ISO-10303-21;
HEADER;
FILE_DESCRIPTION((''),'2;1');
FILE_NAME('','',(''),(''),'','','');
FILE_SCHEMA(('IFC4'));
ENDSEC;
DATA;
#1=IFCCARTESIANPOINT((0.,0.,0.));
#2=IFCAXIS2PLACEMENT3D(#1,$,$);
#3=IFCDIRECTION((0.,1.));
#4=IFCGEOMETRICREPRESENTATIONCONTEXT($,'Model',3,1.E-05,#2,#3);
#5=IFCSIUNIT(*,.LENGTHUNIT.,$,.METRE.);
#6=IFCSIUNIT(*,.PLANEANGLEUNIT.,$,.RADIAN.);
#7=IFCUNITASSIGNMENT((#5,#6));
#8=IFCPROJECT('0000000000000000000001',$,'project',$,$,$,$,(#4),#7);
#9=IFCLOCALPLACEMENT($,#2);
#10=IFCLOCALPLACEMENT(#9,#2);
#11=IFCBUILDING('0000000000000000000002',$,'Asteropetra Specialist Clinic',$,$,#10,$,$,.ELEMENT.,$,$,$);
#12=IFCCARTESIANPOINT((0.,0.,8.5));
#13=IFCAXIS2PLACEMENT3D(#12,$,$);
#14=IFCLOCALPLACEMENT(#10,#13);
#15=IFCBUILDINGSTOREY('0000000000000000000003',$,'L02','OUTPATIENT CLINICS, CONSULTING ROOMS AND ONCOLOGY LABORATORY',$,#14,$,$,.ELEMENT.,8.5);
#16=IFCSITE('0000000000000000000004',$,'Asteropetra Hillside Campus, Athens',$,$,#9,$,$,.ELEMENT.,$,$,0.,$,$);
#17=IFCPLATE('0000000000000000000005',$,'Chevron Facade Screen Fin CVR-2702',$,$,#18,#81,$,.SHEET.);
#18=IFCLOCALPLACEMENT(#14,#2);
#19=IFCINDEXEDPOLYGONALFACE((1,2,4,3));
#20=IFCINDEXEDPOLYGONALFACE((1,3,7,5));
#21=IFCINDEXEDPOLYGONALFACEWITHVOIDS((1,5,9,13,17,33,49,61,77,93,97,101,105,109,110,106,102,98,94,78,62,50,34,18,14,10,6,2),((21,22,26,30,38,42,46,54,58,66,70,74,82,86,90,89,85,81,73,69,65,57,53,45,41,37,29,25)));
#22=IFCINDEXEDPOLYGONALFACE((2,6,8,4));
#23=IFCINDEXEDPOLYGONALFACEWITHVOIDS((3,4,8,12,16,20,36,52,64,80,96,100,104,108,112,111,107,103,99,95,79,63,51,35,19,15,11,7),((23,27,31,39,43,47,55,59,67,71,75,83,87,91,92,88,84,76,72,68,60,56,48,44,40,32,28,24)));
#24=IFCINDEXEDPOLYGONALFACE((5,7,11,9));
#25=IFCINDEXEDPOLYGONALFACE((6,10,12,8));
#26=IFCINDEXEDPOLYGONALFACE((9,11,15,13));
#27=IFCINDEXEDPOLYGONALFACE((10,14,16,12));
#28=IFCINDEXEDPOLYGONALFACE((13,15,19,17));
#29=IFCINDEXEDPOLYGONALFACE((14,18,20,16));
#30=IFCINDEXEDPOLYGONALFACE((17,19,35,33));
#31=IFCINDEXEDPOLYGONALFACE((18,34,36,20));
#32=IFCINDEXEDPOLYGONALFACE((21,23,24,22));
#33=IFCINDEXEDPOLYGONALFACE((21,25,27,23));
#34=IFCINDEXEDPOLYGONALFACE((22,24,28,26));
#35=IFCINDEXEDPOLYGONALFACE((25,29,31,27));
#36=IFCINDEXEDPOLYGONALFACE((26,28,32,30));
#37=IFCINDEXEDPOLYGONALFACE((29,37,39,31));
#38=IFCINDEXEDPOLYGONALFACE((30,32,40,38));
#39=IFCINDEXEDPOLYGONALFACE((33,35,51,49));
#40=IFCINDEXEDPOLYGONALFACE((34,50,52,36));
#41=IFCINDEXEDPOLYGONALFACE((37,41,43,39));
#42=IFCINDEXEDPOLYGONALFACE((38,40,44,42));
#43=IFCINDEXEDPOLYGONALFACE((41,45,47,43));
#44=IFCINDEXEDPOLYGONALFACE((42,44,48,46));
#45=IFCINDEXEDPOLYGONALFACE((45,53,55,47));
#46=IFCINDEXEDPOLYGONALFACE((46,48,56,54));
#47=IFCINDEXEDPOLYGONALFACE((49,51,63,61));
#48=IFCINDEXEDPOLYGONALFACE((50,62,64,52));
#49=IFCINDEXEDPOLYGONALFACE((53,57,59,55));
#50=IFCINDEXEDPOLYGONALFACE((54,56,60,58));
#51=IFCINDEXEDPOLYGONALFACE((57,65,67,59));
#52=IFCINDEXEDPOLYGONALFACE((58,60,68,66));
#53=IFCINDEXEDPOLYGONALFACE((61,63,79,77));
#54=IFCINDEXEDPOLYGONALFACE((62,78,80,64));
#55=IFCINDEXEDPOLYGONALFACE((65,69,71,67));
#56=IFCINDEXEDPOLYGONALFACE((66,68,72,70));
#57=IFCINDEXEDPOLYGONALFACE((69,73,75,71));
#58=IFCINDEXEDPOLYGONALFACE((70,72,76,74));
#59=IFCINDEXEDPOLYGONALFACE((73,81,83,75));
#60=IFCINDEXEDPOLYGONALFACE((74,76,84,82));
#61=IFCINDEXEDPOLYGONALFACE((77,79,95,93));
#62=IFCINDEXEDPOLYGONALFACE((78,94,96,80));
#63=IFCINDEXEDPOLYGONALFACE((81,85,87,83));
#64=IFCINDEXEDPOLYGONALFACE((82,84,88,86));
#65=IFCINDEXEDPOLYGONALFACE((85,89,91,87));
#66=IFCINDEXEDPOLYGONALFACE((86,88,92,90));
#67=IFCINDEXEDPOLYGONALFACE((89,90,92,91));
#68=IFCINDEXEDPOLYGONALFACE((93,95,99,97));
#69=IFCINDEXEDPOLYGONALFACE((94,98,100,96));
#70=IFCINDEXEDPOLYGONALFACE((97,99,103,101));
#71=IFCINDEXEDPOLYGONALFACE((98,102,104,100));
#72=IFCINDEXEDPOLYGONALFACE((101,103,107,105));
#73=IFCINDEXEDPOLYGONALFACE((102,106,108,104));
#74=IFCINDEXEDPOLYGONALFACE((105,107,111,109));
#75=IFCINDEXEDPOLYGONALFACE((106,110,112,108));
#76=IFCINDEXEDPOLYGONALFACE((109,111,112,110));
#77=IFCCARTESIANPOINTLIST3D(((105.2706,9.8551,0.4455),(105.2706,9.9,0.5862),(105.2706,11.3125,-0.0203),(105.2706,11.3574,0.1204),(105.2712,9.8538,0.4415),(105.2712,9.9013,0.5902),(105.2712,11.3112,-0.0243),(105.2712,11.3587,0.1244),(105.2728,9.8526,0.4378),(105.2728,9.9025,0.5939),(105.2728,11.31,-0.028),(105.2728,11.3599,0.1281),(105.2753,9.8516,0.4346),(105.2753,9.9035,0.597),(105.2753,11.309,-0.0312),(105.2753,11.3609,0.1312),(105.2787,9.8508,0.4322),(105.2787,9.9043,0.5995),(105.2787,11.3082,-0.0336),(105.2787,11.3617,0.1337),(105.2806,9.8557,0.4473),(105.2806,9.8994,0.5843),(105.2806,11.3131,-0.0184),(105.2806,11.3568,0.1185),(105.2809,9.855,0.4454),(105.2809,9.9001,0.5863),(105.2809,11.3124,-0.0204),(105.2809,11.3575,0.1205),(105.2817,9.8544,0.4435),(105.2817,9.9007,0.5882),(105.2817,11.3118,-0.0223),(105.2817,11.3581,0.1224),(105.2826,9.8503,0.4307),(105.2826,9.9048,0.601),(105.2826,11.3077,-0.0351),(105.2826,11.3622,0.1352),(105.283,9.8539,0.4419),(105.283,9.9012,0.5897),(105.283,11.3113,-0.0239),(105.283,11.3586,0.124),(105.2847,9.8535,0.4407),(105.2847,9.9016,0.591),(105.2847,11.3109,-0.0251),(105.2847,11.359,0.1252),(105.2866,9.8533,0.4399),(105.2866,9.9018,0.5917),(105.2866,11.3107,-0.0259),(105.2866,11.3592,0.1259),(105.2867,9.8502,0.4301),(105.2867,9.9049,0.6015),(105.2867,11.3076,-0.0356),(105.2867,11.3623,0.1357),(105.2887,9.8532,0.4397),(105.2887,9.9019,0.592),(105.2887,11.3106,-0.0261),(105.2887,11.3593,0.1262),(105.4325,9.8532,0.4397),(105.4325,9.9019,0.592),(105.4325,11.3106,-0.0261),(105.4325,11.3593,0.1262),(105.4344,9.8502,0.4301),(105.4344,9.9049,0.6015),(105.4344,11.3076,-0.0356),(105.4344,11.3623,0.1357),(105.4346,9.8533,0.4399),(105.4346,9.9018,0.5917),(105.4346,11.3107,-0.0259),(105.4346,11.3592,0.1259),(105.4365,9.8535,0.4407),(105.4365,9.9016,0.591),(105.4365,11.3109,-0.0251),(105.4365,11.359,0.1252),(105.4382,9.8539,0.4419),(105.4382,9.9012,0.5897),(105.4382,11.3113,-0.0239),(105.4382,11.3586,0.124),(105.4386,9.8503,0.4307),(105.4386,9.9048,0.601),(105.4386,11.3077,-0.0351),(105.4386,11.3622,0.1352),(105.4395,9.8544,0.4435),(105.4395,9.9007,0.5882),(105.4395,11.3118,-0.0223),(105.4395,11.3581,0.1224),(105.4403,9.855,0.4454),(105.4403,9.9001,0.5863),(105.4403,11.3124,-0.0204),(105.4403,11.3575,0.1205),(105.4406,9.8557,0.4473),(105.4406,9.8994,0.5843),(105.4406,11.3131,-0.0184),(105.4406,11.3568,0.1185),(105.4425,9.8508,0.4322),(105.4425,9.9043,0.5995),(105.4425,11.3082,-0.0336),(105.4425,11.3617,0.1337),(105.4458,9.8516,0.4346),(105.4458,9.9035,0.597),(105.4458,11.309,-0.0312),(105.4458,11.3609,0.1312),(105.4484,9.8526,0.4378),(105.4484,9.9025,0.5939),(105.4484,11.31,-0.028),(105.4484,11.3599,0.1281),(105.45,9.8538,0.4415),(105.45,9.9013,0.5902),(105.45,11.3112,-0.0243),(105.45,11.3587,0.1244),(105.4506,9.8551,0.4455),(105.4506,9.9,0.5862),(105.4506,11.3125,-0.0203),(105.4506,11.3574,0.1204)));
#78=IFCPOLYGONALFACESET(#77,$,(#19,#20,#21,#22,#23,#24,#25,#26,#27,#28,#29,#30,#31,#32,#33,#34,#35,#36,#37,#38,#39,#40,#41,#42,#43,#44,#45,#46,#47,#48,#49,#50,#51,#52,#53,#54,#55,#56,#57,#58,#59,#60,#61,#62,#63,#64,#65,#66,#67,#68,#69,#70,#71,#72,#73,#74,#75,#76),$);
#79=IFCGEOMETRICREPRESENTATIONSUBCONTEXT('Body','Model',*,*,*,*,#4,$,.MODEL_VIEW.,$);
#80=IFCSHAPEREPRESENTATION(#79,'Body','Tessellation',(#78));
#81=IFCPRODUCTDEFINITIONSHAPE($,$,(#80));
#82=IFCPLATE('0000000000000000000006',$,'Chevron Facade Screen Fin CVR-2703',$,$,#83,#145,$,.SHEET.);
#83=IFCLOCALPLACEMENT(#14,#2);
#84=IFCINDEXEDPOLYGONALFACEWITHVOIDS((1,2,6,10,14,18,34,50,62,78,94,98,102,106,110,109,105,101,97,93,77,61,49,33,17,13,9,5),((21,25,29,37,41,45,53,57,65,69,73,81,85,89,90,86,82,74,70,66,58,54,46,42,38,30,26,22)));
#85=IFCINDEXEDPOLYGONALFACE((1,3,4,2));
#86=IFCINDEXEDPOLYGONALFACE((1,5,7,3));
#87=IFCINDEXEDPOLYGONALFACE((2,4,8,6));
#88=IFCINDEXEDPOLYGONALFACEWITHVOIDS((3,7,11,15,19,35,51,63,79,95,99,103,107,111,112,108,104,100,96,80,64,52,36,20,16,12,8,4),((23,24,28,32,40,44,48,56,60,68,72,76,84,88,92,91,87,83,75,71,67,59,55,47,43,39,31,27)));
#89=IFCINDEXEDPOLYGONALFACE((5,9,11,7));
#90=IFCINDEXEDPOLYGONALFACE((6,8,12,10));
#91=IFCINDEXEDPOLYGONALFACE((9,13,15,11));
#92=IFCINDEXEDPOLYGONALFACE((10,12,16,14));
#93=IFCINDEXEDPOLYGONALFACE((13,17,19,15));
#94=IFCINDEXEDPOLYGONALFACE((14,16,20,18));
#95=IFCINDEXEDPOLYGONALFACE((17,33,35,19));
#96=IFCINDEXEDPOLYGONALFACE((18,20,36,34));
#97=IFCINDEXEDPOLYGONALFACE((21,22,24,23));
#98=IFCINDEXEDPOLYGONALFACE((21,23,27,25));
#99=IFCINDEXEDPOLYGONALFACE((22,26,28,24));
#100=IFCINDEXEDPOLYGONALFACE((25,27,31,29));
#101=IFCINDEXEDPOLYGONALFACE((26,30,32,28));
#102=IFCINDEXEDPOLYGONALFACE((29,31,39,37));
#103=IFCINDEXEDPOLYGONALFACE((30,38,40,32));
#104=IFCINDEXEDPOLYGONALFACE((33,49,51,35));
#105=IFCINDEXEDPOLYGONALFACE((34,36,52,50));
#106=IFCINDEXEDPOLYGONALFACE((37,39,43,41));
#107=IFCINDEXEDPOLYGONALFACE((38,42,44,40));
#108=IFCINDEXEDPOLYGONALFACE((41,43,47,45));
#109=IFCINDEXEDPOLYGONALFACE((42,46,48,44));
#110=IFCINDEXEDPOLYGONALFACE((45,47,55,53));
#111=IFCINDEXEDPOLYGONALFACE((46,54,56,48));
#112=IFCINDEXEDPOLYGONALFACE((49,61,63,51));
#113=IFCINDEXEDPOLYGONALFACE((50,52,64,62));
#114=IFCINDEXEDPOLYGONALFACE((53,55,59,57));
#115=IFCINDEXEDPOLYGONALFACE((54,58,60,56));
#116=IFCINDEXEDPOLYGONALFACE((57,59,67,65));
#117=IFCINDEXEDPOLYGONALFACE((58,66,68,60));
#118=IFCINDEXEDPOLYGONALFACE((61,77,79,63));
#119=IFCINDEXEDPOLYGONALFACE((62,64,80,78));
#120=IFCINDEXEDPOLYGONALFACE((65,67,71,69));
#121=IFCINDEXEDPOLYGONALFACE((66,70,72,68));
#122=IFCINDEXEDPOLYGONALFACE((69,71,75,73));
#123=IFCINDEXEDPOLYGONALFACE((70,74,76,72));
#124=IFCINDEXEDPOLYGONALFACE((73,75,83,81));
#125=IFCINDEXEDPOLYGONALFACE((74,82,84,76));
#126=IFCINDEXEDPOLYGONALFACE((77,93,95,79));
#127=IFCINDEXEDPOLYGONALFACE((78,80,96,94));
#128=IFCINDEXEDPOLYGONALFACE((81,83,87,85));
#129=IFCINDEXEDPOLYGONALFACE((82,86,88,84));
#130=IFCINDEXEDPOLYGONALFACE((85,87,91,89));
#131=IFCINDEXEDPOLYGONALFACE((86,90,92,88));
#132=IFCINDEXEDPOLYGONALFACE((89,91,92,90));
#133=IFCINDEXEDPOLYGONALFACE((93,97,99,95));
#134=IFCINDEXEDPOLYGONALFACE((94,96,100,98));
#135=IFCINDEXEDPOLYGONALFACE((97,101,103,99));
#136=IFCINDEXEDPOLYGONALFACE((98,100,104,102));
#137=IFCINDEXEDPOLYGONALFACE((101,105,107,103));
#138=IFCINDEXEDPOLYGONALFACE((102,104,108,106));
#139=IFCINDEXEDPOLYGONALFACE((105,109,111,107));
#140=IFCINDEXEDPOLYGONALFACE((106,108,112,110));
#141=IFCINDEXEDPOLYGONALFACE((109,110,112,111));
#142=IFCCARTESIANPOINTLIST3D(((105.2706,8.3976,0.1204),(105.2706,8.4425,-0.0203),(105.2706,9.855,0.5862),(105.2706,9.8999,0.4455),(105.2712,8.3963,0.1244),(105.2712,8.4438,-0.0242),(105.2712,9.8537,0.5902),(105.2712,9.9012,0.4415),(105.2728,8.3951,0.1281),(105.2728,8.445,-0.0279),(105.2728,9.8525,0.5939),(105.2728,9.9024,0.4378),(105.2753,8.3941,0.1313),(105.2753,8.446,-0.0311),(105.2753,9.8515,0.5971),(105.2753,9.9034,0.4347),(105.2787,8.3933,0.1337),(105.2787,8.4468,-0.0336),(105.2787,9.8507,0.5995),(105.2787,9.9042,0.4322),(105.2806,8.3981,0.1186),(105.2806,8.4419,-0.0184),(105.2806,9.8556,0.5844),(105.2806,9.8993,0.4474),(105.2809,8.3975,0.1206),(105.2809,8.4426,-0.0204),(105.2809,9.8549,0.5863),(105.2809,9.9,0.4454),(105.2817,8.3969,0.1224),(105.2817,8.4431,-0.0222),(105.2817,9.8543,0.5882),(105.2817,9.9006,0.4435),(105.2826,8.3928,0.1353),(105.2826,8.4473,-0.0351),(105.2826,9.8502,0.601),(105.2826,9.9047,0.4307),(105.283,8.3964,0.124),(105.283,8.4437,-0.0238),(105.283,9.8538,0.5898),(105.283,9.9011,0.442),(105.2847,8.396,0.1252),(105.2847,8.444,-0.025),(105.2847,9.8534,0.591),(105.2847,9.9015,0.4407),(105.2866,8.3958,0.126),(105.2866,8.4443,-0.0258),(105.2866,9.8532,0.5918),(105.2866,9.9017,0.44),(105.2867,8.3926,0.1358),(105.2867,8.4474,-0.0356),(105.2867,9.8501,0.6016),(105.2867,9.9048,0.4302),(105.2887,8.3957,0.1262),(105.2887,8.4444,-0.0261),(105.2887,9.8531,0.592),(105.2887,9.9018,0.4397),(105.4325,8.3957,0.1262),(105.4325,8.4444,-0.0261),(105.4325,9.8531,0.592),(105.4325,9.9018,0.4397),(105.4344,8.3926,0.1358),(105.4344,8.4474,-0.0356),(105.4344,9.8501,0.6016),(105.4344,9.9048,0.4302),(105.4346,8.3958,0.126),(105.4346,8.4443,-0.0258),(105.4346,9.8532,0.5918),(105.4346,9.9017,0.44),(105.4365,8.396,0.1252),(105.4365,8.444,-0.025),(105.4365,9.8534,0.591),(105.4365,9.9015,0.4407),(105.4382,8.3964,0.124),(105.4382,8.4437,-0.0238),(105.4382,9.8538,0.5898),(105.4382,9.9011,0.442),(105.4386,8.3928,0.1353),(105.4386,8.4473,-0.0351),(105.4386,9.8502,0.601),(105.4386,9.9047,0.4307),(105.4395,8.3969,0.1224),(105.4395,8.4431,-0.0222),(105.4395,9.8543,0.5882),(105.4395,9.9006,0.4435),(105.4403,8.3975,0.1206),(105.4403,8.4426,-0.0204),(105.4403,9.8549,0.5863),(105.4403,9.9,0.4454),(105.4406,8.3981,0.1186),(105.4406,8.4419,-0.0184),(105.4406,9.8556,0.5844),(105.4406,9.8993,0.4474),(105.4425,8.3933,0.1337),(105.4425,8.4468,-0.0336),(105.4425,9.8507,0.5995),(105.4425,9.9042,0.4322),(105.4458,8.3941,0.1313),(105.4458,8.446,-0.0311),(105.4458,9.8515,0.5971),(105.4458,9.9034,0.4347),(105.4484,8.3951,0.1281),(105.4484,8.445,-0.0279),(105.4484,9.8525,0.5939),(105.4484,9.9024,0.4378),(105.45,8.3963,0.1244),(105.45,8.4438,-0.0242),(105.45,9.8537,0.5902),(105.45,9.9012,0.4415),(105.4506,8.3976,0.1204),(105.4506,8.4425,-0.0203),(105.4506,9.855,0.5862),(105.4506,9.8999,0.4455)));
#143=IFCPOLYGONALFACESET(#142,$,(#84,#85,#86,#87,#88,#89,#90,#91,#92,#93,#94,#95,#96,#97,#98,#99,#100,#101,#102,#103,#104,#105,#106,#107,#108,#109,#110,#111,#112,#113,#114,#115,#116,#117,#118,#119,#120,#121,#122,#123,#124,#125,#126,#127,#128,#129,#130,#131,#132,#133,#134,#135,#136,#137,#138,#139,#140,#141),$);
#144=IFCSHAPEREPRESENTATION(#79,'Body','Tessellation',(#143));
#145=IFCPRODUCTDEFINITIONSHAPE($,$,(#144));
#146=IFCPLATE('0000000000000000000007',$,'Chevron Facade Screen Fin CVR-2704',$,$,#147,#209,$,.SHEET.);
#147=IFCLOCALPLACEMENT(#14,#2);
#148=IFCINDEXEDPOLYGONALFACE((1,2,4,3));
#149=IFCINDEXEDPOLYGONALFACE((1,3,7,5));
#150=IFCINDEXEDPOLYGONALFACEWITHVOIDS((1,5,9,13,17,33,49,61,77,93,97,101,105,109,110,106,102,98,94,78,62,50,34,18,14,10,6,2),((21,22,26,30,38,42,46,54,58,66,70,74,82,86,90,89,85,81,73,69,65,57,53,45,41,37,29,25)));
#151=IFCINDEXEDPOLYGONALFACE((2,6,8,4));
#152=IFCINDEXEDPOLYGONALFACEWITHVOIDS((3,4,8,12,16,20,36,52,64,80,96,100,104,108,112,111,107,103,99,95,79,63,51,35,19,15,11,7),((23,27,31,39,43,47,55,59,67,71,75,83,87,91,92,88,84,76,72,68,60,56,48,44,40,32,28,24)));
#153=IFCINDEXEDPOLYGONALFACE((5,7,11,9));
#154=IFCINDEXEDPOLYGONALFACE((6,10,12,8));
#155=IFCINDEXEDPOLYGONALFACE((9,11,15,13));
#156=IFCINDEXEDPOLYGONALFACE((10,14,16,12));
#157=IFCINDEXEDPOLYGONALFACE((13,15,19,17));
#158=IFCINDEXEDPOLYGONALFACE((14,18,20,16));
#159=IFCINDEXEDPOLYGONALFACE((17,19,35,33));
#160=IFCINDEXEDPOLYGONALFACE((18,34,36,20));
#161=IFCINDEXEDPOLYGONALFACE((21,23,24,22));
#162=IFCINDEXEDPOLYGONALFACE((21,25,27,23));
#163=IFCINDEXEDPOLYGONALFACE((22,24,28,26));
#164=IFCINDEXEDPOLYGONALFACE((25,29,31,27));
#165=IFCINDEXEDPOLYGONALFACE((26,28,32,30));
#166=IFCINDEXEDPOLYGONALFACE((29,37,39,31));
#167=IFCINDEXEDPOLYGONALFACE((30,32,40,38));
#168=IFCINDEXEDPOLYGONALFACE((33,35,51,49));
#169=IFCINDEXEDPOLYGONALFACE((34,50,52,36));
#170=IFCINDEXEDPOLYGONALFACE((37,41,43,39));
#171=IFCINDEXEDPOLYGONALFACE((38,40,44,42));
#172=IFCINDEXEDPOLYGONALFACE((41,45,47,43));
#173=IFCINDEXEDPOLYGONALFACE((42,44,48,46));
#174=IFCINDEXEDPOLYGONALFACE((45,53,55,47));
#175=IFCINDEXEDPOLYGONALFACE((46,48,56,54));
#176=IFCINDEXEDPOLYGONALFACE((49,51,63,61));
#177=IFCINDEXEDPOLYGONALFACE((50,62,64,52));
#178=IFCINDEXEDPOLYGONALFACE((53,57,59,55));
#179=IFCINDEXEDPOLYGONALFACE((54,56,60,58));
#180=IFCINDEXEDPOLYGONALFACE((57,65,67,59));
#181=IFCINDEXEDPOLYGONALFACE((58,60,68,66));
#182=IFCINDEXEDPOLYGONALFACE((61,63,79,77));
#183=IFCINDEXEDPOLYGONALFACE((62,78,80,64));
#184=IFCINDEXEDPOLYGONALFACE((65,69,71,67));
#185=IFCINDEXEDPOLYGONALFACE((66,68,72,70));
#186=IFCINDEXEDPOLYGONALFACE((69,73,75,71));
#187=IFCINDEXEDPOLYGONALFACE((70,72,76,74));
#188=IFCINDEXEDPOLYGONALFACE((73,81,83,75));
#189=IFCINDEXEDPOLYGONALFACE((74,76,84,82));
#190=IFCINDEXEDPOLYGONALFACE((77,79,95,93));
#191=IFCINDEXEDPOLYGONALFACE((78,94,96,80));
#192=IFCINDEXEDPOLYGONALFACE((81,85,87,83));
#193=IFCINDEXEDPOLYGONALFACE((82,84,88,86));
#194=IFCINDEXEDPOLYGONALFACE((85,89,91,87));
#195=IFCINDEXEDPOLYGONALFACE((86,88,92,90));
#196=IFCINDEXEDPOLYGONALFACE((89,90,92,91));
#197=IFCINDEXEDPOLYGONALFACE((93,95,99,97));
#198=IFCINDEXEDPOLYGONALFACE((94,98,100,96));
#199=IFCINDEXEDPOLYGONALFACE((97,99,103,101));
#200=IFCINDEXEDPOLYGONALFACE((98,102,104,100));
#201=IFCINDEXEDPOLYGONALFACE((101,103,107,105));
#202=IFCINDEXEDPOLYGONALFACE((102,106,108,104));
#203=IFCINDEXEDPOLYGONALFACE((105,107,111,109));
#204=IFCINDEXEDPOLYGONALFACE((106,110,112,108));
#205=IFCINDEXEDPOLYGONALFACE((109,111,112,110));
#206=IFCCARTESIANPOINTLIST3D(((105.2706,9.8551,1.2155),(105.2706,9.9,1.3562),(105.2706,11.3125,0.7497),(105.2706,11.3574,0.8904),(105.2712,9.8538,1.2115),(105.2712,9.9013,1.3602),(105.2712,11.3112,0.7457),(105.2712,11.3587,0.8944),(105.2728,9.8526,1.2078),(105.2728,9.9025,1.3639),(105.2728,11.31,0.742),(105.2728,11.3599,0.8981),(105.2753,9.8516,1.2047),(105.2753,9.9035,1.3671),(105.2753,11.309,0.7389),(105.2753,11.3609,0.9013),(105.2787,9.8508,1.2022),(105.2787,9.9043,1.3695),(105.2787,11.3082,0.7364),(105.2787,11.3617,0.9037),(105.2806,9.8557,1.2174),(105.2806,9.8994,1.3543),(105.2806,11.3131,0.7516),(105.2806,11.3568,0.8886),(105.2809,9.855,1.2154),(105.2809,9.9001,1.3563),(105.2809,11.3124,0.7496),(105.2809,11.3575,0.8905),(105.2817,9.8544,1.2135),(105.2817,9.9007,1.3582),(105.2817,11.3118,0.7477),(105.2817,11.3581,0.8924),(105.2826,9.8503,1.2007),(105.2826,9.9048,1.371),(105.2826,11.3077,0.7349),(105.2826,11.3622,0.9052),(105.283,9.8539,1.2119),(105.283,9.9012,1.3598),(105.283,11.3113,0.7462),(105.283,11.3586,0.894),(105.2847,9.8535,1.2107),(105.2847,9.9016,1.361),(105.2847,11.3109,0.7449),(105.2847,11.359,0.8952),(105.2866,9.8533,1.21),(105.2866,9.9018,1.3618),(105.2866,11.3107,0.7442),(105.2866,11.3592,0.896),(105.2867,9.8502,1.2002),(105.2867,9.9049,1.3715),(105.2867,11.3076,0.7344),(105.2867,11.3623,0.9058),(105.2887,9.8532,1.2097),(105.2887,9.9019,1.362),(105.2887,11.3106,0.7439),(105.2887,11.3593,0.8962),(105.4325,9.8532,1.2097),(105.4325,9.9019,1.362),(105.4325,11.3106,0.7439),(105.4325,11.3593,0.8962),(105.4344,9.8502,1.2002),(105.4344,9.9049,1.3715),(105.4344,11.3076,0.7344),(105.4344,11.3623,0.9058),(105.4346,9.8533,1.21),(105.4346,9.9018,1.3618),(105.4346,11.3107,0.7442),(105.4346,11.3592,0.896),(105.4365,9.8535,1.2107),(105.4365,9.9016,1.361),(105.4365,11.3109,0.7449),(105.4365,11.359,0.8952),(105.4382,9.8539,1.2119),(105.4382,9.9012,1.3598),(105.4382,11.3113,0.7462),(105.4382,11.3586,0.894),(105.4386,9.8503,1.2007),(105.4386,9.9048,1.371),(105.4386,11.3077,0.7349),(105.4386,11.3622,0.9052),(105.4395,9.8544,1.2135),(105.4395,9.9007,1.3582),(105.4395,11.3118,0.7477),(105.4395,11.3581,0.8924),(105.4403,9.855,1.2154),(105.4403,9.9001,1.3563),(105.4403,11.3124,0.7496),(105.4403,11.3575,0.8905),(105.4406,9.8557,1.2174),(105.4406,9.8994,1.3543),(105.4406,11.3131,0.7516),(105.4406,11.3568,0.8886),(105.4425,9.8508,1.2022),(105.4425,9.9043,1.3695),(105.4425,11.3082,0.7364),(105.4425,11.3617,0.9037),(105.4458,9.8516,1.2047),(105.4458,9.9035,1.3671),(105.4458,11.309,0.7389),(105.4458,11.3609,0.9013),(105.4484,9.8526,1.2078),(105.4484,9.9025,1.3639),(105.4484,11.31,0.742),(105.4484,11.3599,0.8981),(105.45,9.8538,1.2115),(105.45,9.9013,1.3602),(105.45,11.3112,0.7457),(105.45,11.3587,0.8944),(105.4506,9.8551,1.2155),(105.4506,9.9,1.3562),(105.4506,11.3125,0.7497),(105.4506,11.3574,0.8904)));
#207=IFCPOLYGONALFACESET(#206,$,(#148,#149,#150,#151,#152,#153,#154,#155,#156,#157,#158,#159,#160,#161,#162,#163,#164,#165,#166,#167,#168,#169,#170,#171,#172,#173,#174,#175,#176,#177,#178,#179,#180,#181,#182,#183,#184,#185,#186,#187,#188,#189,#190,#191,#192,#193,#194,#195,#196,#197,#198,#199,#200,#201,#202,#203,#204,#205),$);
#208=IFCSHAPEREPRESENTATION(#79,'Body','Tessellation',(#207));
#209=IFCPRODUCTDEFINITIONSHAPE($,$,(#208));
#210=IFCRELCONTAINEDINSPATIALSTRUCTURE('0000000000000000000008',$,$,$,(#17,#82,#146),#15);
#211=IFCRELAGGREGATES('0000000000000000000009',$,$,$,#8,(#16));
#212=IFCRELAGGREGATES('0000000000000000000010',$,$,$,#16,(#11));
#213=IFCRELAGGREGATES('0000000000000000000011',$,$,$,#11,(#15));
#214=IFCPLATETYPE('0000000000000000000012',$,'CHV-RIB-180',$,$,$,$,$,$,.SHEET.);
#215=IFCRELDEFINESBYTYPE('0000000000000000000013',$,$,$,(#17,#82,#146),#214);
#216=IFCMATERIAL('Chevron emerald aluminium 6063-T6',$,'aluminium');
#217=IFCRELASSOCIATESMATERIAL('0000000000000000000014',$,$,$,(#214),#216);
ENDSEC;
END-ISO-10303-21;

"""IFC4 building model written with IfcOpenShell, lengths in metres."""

from ifc_helpers import new_model, si_unit, direction, frame, origin, origin_2d, place, context, subcontext, project, spatial, hollow_rectangle, extrude, material, material_profile, profile_set, type_object, element, save


model = new_model("IFC4")

# Units and contexts
model_context = context("Model", 3, precision=1e-05, world=origin(), true_north=direction((0.0, 1.0)))
body_context = subcontext(model_context, "Body", "Model", "MODEL_VIEW")
ifc_project = project(units=[si_unit("LENGTHUNIT", "METRE"), si_unit("PLANEANGLEUNIT", "RADIAN")], contexts=[model_context])

# Site, building, storey
site_placement = place(None, origin())
site = spatial("IfcSite", under=ifc_project, at=site_placement, Name="Asteropetra Hillside Campus, Athens", CompositionType="ELEMENT", RefElevation=0.0)
building_placement = place(site_placement, origin())
building = spatial("IfcBuilding", under=site, at=building_placement, Name="Asteropetra Specialist Clinic", CompositionType="ELEMENT")
storey_placement = place(building_placement, frame((0.0, 0.0, 8.5)))
storey = spatial("IfcBuildingStorey", under=building, at=storey_placement, Name="L02", Description="OUTPATIENT CLINICS, CONSULTING ROOMS AND ONCOLOGY LABORATORY", CompositionType="ELEMENT", Elevation=8.5)

# Plates
ifc_material_1 = material(Name="Chevron emerald aluminium 6063-T6", Category="aluminium")
ifc_material_profile = material_profile(ifc_material_1, hollow_rectangle(XDim=0.1799, YDim=0.1799, WallThickness=0.01, InnerFilletRadius=0.0081, OuterFilletRadius=0.0161, at=origin_2d()), Name="SHS 180x180x10.0")
ifc_profile_set = profile_set([ifc_material_profile], Name="Chevron emerald aluminium 6063-T6")
plate_type = type_object("IfcPlateType", Name="CHV-RIB-180", PredefinedType="SHEET", material=ifc_profile_set)
for number, where, z_axis, x_axis, name in (
    (1, (105.3606, 11.335, 0.05), (0.0, -0.952535, 0.304428), (1.0, 0.0, 0.0), "Chevron Facade Screen Fin CVR-2702"),
    (2, (105.3606, 9.8774, 0.5159), (0.0, -0.952535, -0.304428), (1.0, 0.0, 0.0), "Chevron Facade Screen Fin CVR-2703"),
    (3, (105.3606, 11.335, 0.8201), (0.0, -0.952535, 0.304428), (1.0, 0.0, 0.0), "Chevron Facade Screen Fin CVR-2704"),
):
    element("IfcPlate", number, at=place(storey_placement, frame(where, z_axis=z_axis, x_axis=x_axis)), inside=storey, type_object=plate_type, Name=name, PredefinedType="SHEET", context=body_context, shape_type="SweptSolid", body=[
        extrude(hollow_rectangle(XDim=0.1799, YDim=0.1799, WallThickness=0.01, InnerFilletRadius=0.0081, OuterFilletRadius=0.0161, at=origin_2d()), origin(), (0.0, 0.0, 1.0), 1.53),
    ])

save(model, "model.ifc")
